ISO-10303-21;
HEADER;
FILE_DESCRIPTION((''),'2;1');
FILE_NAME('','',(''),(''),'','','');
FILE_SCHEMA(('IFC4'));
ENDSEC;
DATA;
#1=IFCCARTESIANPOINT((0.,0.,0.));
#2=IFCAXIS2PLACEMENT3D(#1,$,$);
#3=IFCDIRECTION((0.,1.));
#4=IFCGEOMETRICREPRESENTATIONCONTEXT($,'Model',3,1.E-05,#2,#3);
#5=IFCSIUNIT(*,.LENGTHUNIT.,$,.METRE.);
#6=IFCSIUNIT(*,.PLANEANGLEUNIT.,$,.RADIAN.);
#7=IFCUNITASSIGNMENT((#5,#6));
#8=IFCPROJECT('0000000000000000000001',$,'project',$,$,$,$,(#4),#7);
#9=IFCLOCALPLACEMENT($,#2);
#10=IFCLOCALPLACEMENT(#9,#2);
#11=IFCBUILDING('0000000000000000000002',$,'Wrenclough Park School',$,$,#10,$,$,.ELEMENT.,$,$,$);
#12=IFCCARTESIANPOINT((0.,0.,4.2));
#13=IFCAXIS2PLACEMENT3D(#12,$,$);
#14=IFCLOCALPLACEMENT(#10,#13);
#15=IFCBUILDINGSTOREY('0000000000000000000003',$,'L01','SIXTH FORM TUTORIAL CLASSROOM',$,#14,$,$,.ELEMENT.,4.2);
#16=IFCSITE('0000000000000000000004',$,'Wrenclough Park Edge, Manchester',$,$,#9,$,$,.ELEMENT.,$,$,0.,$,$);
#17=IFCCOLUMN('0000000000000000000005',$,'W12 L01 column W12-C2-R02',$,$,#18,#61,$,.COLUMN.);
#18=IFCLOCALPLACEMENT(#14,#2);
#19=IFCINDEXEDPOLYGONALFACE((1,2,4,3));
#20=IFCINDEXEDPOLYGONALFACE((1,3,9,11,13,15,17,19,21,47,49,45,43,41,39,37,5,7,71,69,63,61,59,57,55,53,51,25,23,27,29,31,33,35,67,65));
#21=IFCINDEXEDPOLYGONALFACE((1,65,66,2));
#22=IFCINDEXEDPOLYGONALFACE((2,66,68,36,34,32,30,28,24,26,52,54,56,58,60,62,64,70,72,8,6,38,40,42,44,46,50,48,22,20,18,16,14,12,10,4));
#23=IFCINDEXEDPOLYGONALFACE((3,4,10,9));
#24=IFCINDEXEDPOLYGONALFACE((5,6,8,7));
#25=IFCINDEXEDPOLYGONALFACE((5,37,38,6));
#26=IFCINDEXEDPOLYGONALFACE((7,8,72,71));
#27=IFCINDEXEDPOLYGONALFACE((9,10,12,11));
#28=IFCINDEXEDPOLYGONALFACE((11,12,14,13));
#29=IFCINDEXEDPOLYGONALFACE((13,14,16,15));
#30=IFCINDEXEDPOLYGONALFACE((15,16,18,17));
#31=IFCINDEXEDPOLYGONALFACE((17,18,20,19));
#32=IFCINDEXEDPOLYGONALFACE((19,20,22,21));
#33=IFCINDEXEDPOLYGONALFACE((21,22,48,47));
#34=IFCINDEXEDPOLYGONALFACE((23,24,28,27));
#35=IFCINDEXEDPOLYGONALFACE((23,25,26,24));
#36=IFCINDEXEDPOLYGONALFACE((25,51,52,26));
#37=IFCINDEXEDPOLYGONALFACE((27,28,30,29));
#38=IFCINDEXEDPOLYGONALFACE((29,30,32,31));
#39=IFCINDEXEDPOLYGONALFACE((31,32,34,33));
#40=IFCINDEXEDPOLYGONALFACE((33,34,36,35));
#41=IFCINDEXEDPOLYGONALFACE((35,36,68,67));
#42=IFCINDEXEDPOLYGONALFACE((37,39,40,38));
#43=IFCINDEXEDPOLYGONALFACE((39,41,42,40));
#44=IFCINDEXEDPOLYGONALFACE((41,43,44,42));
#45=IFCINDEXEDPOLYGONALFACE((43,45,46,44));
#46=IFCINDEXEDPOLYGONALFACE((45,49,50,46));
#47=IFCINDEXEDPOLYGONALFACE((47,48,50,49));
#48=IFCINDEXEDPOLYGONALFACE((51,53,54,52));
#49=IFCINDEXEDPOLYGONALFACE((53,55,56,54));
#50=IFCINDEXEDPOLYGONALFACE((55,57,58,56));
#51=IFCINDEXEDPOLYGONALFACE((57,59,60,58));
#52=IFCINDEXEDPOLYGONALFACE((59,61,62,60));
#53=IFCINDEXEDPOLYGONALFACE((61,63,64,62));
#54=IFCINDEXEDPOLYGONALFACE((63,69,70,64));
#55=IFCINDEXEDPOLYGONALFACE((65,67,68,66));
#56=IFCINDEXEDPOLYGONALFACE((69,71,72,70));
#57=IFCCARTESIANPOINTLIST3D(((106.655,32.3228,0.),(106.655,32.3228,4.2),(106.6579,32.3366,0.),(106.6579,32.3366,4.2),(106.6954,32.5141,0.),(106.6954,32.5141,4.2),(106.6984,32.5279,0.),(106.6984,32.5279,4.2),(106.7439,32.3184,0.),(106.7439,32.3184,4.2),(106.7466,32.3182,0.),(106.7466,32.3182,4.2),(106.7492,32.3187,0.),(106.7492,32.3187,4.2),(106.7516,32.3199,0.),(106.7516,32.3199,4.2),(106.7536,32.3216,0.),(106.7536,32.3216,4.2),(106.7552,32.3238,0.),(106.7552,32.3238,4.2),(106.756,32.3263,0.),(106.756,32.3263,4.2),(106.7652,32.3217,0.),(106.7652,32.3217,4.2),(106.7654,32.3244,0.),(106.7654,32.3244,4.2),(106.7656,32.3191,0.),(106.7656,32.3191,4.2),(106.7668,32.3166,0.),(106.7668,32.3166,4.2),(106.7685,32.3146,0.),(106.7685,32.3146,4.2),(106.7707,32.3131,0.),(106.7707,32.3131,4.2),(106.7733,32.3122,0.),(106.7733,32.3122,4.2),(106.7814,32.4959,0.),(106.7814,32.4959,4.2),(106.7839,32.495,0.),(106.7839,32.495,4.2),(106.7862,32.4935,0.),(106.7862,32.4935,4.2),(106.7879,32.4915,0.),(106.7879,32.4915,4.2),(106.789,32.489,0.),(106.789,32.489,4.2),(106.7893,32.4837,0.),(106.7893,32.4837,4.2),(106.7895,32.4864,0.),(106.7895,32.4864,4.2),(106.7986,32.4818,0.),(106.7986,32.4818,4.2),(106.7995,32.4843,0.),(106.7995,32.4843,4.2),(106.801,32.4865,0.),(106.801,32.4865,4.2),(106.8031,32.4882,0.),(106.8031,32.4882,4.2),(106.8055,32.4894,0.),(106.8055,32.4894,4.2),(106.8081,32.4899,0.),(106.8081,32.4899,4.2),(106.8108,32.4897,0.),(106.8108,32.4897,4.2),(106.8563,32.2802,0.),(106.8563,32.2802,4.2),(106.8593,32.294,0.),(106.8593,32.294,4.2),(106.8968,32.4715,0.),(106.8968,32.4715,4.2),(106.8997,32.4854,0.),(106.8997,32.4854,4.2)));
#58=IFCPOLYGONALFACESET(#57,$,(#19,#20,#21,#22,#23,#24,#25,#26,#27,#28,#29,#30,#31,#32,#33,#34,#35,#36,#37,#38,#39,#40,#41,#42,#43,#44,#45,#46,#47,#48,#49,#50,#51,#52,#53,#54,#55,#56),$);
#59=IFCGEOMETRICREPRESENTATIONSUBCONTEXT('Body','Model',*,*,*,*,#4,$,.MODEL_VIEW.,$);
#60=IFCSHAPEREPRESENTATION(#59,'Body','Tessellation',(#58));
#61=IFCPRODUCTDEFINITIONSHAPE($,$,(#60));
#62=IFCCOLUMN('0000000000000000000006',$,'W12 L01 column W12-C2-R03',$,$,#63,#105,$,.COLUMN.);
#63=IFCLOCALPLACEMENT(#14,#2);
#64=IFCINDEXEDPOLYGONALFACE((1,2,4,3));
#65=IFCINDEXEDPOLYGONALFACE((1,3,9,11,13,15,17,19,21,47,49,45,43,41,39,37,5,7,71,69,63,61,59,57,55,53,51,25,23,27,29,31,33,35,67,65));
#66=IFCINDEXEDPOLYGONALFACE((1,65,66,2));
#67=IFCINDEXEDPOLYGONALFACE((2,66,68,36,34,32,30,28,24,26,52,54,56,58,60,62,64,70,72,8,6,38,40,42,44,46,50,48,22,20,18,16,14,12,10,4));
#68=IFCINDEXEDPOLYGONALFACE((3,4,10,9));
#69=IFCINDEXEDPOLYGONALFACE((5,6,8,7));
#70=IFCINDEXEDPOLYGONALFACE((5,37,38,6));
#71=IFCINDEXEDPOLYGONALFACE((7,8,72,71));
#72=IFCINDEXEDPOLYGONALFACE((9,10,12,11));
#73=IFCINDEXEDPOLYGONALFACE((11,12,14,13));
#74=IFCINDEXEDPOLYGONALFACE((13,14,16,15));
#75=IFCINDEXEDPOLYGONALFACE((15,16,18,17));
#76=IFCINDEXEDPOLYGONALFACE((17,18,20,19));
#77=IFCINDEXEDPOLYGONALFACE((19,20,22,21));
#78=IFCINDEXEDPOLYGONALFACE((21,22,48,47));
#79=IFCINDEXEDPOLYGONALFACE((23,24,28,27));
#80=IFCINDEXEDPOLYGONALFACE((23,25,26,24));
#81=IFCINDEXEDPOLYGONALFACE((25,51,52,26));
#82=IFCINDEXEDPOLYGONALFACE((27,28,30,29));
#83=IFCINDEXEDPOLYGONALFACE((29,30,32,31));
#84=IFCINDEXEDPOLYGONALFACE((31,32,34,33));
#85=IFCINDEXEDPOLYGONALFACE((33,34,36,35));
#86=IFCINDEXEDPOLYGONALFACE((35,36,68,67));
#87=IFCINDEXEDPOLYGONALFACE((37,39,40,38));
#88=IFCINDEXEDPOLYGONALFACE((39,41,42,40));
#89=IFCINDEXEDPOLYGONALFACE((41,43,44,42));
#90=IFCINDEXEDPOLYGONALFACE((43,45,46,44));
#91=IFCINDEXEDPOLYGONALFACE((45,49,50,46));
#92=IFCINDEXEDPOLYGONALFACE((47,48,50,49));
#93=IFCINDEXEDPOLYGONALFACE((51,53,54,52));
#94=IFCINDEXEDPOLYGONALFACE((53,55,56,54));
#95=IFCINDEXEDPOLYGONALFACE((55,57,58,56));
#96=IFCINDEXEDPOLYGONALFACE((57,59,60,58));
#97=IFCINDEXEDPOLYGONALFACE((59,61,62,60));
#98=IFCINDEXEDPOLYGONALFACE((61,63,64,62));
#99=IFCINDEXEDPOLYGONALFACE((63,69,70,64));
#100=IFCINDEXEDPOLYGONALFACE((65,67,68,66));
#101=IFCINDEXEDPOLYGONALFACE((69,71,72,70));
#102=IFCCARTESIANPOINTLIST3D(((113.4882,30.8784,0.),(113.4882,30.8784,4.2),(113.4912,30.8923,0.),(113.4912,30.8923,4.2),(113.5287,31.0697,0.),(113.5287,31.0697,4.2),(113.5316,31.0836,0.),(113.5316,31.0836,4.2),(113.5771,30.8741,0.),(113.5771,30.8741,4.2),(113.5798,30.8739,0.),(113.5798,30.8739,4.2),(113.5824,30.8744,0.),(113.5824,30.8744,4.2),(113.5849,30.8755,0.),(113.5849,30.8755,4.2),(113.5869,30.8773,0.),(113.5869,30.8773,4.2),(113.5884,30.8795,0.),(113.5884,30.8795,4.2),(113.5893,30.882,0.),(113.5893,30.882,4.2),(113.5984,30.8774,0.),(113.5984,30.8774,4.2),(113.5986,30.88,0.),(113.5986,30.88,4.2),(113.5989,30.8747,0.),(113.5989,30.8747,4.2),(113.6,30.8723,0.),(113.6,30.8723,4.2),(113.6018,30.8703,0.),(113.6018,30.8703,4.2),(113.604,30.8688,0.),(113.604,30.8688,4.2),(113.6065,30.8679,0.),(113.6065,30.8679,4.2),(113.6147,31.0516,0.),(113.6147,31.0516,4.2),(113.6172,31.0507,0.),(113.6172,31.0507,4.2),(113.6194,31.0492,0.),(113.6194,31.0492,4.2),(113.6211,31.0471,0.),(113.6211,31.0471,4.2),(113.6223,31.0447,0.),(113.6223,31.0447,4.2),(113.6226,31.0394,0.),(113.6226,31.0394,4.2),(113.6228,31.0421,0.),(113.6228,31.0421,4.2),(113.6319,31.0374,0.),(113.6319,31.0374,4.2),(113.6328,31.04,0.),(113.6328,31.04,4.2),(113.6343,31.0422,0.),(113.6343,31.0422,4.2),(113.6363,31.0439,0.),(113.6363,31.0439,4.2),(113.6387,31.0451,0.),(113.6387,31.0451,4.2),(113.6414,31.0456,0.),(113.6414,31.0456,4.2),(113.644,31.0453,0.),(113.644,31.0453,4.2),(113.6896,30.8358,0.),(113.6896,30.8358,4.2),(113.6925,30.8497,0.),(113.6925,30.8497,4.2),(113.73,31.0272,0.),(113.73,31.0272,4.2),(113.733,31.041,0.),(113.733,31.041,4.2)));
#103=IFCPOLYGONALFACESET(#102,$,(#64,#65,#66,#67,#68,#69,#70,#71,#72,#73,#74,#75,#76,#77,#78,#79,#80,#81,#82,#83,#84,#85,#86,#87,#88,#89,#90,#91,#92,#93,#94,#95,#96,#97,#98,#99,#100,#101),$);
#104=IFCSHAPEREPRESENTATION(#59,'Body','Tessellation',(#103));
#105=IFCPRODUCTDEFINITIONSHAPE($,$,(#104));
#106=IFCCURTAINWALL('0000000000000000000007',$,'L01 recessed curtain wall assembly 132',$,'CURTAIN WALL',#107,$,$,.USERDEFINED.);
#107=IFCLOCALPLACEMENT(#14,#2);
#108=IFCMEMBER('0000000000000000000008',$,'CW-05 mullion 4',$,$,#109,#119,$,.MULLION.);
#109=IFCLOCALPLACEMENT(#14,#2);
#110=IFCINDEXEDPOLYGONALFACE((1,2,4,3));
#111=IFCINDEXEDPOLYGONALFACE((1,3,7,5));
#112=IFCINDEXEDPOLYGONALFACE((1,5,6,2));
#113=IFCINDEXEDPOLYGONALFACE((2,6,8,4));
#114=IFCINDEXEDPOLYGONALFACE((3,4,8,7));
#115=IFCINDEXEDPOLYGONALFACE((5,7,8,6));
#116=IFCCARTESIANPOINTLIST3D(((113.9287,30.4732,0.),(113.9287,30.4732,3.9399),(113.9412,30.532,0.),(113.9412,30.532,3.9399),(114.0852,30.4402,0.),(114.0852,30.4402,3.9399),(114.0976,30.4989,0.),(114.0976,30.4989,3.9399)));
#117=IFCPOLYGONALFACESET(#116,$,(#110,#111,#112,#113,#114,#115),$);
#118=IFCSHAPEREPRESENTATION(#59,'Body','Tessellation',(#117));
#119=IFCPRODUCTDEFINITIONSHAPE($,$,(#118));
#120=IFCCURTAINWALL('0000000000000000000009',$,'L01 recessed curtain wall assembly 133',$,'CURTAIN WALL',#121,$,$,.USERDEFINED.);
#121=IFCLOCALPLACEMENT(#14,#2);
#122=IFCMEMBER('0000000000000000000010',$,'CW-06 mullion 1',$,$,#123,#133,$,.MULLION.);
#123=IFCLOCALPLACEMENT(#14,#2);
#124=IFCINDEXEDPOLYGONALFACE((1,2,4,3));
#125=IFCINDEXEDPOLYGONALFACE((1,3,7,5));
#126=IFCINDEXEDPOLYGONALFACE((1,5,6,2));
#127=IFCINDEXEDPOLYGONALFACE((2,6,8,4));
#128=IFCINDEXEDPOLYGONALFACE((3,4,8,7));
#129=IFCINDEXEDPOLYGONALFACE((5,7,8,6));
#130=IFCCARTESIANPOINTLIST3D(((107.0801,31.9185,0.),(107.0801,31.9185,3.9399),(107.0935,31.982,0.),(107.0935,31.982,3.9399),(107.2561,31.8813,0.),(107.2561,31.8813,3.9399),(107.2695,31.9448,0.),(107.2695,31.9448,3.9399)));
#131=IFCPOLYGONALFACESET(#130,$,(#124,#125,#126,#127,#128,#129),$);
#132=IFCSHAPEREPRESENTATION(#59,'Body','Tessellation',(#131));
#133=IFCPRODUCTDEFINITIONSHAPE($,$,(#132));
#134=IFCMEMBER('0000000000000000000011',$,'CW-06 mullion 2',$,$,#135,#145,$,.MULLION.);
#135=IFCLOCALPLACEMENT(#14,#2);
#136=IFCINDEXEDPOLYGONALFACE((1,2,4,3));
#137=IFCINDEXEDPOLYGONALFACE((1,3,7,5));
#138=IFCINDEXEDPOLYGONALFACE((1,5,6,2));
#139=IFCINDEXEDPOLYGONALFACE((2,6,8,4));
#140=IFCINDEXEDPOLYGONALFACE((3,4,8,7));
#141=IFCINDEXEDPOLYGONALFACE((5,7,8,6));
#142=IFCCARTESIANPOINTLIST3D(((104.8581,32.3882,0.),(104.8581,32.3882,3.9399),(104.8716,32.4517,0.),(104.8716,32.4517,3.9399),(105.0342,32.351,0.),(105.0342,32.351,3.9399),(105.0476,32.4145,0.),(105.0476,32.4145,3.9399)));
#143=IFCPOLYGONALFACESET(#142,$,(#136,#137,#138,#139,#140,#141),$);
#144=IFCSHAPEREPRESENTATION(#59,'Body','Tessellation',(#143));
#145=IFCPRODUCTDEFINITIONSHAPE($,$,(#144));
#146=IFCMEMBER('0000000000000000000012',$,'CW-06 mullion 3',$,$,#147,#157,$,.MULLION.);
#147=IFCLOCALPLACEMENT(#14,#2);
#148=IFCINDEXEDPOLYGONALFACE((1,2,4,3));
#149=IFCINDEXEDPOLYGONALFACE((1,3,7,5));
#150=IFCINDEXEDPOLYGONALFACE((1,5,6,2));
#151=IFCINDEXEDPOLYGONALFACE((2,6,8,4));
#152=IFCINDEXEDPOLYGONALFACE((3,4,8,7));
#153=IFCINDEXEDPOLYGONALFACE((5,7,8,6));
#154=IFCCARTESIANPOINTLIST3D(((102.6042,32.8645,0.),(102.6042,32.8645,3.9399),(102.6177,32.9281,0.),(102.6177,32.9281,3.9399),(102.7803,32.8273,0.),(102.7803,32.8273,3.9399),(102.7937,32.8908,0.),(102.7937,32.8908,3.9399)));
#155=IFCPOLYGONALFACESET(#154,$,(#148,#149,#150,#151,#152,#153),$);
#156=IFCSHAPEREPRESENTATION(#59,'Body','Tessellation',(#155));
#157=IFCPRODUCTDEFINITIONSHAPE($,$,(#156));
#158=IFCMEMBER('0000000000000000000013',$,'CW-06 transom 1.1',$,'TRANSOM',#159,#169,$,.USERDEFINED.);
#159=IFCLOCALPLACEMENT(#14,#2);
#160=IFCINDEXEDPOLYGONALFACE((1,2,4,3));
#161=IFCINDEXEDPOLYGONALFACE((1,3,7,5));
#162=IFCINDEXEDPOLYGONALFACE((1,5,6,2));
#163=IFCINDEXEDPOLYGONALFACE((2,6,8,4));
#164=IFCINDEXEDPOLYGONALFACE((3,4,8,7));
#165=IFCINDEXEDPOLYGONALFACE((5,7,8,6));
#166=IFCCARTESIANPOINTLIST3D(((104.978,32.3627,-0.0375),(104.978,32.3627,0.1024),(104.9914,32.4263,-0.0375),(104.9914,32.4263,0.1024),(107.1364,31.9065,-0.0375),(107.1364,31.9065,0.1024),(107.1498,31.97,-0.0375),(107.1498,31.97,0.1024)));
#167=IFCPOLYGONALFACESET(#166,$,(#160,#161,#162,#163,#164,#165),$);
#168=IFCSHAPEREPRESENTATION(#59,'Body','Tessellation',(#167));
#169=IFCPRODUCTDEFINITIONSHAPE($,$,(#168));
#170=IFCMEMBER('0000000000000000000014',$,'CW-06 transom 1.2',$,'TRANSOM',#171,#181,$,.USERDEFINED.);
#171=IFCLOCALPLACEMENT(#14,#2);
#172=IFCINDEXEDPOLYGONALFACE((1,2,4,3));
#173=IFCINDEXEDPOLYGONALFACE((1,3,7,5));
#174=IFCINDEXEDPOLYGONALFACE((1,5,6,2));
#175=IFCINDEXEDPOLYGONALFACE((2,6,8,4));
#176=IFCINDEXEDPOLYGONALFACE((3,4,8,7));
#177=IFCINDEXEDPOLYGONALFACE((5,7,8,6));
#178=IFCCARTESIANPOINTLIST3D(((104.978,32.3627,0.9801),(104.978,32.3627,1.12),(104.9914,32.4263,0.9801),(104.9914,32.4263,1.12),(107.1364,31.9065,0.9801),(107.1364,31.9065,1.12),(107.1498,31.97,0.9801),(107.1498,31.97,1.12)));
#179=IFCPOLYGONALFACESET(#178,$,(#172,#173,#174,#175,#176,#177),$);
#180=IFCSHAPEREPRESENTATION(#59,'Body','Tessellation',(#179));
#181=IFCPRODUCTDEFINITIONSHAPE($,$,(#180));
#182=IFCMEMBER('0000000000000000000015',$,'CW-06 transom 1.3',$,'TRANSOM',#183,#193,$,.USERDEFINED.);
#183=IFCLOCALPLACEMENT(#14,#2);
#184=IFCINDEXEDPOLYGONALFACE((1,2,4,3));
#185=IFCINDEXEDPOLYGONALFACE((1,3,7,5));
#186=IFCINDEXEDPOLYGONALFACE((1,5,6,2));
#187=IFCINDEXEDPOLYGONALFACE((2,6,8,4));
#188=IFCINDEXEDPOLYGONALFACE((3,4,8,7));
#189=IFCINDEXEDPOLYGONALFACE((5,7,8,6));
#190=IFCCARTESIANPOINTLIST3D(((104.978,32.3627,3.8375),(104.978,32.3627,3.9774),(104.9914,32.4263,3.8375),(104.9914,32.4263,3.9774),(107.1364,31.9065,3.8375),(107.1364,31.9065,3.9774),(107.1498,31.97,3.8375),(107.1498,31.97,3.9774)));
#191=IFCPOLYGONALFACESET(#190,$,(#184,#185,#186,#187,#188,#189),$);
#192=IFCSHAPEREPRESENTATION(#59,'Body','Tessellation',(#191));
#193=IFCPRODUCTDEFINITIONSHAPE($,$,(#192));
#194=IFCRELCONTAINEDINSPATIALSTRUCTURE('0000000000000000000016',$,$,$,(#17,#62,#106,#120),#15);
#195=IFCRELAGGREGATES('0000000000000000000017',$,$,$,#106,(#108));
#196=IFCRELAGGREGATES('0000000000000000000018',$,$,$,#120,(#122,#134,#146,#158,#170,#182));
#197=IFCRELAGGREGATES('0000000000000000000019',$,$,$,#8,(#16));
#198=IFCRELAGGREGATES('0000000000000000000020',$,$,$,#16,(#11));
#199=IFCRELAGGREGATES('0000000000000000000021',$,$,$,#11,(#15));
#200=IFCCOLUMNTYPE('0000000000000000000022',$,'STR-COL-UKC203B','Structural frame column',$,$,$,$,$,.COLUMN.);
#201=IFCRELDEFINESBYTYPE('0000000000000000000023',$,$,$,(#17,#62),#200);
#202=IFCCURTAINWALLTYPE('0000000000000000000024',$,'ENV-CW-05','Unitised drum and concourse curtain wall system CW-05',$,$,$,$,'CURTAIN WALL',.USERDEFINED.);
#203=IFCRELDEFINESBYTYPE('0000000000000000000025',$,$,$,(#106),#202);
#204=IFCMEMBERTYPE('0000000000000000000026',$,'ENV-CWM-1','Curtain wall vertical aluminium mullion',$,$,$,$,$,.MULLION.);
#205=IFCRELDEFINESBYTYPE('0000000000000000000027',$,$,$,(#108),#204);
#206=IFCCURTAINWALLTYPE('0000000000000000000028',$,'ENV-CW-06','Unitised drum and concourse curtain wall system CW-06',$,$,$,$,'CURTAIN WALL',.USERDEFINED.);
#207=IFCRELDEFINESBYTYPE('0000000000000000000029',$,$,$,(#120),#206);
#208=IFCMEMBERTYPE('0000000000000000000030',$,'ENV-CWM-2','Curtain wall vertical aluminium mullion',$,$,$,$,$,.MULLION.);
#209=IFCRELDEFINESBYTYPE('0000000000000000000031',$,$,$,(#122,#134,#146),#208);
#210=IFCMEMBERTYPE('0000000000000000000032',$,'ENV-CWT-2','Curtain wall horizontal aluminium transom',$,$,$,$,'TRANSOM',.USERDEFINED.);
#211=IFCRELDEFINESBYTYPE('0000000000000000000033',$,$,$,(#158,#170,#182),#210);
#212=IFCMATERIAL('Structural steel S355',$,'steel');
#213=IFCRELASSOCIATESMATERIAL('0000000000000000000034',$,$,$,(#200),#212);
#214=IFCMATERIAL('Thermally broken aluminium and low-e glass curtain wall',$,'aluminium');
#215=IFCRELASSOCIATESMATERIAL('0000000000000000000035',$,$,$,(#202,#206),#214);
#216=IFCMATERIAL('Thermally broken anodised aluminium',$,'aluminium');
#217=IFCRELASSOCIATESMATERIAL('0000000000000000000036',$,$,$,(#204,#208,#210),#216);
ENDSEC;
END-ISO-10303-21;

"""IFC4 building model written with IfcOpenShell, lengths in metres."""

from ifc_helpers import new_model, si_unit, direction, frame, origin, origin_2d, place, context, subcontext, project, spatial, rectangle, i_section, extrude, material, material_profile, profile_set, type_object, element, aggregate, save


model = new_model("IFC4")

# Units and contexts
model_context = context("Model", 3, precision=1e-05, world=origin(), true_north=direction((0.0, 1.0)))
body_context = subcontext(model_context, "Body", "Model", "MODEL_VIEW")
ifc_project = project(units=[si_unit("LENGTHUNIT", "METRE"), si_unit("PLANEANGLEUNIT", "RADIAN")], contexts=[model_context])

# Site, building, storey
site_placement = place(None, origin())
site = spatial("IfcSite", under=ifc_project, at=site_placement, Name="Wrenclough Park Edge, Manchester", CompositionType="ELEMENT", RefElevation=0.0)
building_placement = place(site_placement, origin())
building = spatial("IfcBuilding", under=site, at=building_placement, Name="Wrenclough Park School", CompositionType="ELEMENT")
storey_placement = place(building_placement, frame((0.0, 0.0, 4.2)))
storey = spatial("IfcBuildingStorey", under=building, at=storey_placement, Name="L01", Description="SIXTH FORM TUTORIAL CLASSROOM", CompositionType="ELEMENT", Elevation=4.2)

# Columns
ifc_material_1 = material(Name="Structural steel S355", Category="steel")
ifc_material_profile_1 = material_profile(ifc_material_1, i_section(OverallWidth=0.2058, OverallDepth=0.2097, WebThickness=0.0095, FlangeThickness=0.0142, FilletRadius=0.0103, at=origin_2d()), Name="UKC 203x203x60")
ifc_profile_set_1 = profile_set([ifc_material_profile_1], Name="Structural steel S355")
column_type = type_object("IfcColumnType", Name="STR-COL-UKC203B", Description="Structural frame column", PredefinedType="COLUMN", material=ifc_profile_set_1)
for number, where, z_axis, x_axis, name in (
    (1, (106.7773, 32.4041, 0.0), (0.0, 0.0, 1.0), (0.978365, -0.206887, 0.0), "W12 L01 column W12-C2-R02"),
    (2, (113.6106, 30.9597, 0.0), (0.0, 0.0, 1.0), (0.978365, -0.206887, 0.0), "W12 L01 column W12-C2-R03"),
):
    element("IfcColumn", number, at=place(storey_placement, frame(where, z_axis=z_axis, x_axis=x_axis)), inside=storey, type_object=column_type, Name=name, PredefinedType="COLUMN", context=body_context, shape_type="SweptSolid", body=[
        extrude(i_section(OverallWidth=0.2058, OverallDepth=0.2097, WebThickness=0.0095, FlangeThickness=0.0142, FilletRadius=0.0103, at=origin_2d()), origin(), (0.0, 0.0, 1.0), 4.2),
    ])

# Curtain wall, member
ifc_material_2 = material(Name="Thermally broken aluminium and low-e glass curtain wall", Category="aluminium")
curtain_wall_type_1 = type_object("IfcCurtainWallType", Name="ENV-CW-05", Description="Unitised drum and concourse curtain wall system CW-05", ElementType="CURTAIN WALL", PredefinedType="USERDEFINED", material=ifc_material_2)
curtain_wall_1_placement = place(storey_placement, origin())
curtain_wall_1 = element("IfcCurtainWall", 3, at=curtain_wall_1_placement, inside=storey, type_object=curtain_wall_type_1, Name="L01 recessed curtain wall assembly 132", ObjectType="CURTAIN WALL", PredefinedType="USERDEFINED")
ifc_material_3 = material(Name="Thermally broken anodised aluminium", Category="aluminium")
ifc_material_profile_2 = material_profile(ifc_material_3, rectangle(XDim=0.0601, YDim=0.1599, at=origin_2d()), Name="AL MULLION 60x160")
ifc_profile_set_2 = profile_set([ifc_material_profile_2], Name="Thermally broken anodised aluminium")
member_type_1 = type_object("IfcMemberType", Name="ENV-CWM-1", Description="Curtain wall vertical aluminium mullion", PredefinedType="MULLION", material=ifc_profile_set_2)
member_1_placement = place(storey_placement, frame((114.0132, 30.4861, 0.0), z_axis=(0.0, 0.0, 1.0), x_axis=(-0.206815, -0.97838, 0.0)))
member_1 = element("IfcMember", 4, at=member_1_placement, type_object=member_type_1, Name="CW-05 mullion 4", PredefinedType="MULLION", context=body_context, shape_type="SweptSolid", body=[
    extrude(rectangle(XDim=0.0601, YDim=0.1599, at=origin_2d()), origin(), (0.0, 0.0, 1.0), 3.9399),
])
aggregate(curtain_wall_1, [member_1])

# Curtain wall, members
curtain_wall_type_2 = type_object("IfcCurtainWallType", Name="ENV-CW-06", Description="Unitised drum and concourse curtain wall system CW-06", ElementType="CURTAIN WALL", PredefinedType="USERDEFINED", material=ifc_material_2)
curtain_wall_2_placement = place(storey_placement, origin())
curtain_wall_2 = element("IfcCurtainWall", 5, at=curtain_wall_2_placement, inside=storey, type_object=curtain_wall_type_2, Name="L01 recessed curtain wall assembly 133", ObjectType="CURTAIN WALL", PredefinedType="USERDEFINED")
ifc_material_profile_3 = material_profile(ifc_material_3, rectangle(XDim=0.0649, YDim=0.1799, at=origin_2d()), Name="AL MULLION 65x180")
ifc_profile_set_3 = profile_set([ifc_material_profile_3], Name="Thermally broken anodised aluminium")
member_type_2 = type_object("IfcMemberType", Name="ENV-CWM-2", Description="Curtain wall vertical aluminium mullion", PredefinedType="MULLION", material=ifc_profile_set_3)
member_2_placement = place(storey_placement, frame((107.1748, 31.9316, 0.0), z_axis=(0.0, 0.0, 1.0), x_axis=(-0.206818, -0.978379, 0.0)))
member_2 = element("IfcMember", 6, at=member_2_placement, type_object=member_type_2, Name="CW-06 mullion 1", PredefinedType="MULLION", context=body_context, shape_type="SweptSolid", body=[
    extrude(rectangle(XDim=0.0649, YDim=0.1799, at=origin_2d()), origin(), (0.0, 0.0, 1.0), 3.9399),
])
member_3_placement = place(storey_placement, frame((104.9529, 32.4014, 0.0), z_axis=(0.0, 0.0, 1.0), x_axis=(-0.206818, -0.978379, 0.0)))
member_3 = element("IfcMember", 7, at=member_3_placement, type_object=member_type_2, Name="CW-06 mullion 2", PredefinedType="MULLION", context=body_context, shape_type="SweptSolid", body=[
    extrude(rectangle(XDim=0.0649, YDim=0.1799, at=origin_2d()), origin(), (0.0, 0.0, 1.0), 3.9399),
])
member_4_placement = place(storey_placement, frame((102.699, 32.8777, 0.0), z_axis=(0.0, 0.0, 1.0), x_axis=(-0.206818, -0.978379, 0.0)))
member_4 = element("IfcMember", 8, at=member_4_placement, type_object=member_type_2, Name="CW-06 mullion 3", PredefinedType="MULLION", context=body_context, shape_type="SweptSolid", body=[
    extrude(rectangle(XDim=0.0649, YDim=0.1799, at=origin_2d()), origin(), (0.0, 0.0, 1.0), 3.9399),
])
ifc_material_profile_4 = material_profile(ifc_material_3, rectangle(XDim=0.0649, YDim=0.1399, at=origin_2d()), Name="AL TRANSOM 65x140")
ifc_profile_set_4 = profile_set([ifc_material_profile_4], Name="Thermally broken anodised aluminium")
member_type_3 = type_object("IfcMemberType", Name="ENV-CWT-2", Description="Curtain wall horizontal aluminium transom", ElementType="TRANSOM", PredefinedType="USERDEFINED", material=ifc_profile_set_4)
member_5_placement = place(storey_placement, frame((107.1431, 31.9382, 0.0325), z_axis=(-0.978377, 0.20683, 0.0), x_axis=(-0.20683, -0.978377, 0.0)))
member_5 = element("IfcMember", 9, at=member_5_placement, type_object=member_type_3, Name="CW-06 transom 1.1", ObjectType="TRANSOM", PredefinedType="USERDEFINED", context=body_context, shape_type="SweptSolid", body=[
    extrude(rectangle(XDim=0.0649, YDim=0.1399, at=origin_2d()), origin(), (0.0, 0.0, 1.0), 2.2061),
])
member_6_placement = place(storey_placement, frame((107.1431, 31.9382, 1.05), z_axis=(-0.978377, 0.20683, 0.0), x_axis=(-0.20683, -0.978377, 0.0)))
member_6 = element("IfcMember", 10, at=member_6_placement, type_object=member_type_3, Name="CW-06 transom 1.2", ObjectType="TRANSOM", PredefinedType="USERDEFINED", context=body_context, shape_type="SweptSolid", body=[
    extrude(rectangle(XDim=0.0649, YDim=0.1399, at=origin_2d()), origin(), (0.0, 0.0, 1.0), 2.2061),
])
member_7_placement = place(storey_placement, frame((107.1431, 31.9382, 3.9075), z_axis=(-0.978377, 0.20683, 0.0), x_axis=(-0.20683, -0.978377, 0.0)))
member_7 = element("IfcMember", 11, at=member_7_placement, type_object=member_type_3, Name="CW-06 transom 1.3", ObjectType="TRANSOM", PredefinedType="USERDEFINED", context=body_context, shape_type="SweptSolid", body=[
    extrude(rectangle(XDim=0.0649, YDim=0.1399, at=origin_2d()), origin(), (0.0, 0.0, 1.0), 2.2061),
])

aggregate(curtain_wall_2, [member_2, member_3, member_4, member_5, member_6, member_7])

save(model, "model.ifc")
